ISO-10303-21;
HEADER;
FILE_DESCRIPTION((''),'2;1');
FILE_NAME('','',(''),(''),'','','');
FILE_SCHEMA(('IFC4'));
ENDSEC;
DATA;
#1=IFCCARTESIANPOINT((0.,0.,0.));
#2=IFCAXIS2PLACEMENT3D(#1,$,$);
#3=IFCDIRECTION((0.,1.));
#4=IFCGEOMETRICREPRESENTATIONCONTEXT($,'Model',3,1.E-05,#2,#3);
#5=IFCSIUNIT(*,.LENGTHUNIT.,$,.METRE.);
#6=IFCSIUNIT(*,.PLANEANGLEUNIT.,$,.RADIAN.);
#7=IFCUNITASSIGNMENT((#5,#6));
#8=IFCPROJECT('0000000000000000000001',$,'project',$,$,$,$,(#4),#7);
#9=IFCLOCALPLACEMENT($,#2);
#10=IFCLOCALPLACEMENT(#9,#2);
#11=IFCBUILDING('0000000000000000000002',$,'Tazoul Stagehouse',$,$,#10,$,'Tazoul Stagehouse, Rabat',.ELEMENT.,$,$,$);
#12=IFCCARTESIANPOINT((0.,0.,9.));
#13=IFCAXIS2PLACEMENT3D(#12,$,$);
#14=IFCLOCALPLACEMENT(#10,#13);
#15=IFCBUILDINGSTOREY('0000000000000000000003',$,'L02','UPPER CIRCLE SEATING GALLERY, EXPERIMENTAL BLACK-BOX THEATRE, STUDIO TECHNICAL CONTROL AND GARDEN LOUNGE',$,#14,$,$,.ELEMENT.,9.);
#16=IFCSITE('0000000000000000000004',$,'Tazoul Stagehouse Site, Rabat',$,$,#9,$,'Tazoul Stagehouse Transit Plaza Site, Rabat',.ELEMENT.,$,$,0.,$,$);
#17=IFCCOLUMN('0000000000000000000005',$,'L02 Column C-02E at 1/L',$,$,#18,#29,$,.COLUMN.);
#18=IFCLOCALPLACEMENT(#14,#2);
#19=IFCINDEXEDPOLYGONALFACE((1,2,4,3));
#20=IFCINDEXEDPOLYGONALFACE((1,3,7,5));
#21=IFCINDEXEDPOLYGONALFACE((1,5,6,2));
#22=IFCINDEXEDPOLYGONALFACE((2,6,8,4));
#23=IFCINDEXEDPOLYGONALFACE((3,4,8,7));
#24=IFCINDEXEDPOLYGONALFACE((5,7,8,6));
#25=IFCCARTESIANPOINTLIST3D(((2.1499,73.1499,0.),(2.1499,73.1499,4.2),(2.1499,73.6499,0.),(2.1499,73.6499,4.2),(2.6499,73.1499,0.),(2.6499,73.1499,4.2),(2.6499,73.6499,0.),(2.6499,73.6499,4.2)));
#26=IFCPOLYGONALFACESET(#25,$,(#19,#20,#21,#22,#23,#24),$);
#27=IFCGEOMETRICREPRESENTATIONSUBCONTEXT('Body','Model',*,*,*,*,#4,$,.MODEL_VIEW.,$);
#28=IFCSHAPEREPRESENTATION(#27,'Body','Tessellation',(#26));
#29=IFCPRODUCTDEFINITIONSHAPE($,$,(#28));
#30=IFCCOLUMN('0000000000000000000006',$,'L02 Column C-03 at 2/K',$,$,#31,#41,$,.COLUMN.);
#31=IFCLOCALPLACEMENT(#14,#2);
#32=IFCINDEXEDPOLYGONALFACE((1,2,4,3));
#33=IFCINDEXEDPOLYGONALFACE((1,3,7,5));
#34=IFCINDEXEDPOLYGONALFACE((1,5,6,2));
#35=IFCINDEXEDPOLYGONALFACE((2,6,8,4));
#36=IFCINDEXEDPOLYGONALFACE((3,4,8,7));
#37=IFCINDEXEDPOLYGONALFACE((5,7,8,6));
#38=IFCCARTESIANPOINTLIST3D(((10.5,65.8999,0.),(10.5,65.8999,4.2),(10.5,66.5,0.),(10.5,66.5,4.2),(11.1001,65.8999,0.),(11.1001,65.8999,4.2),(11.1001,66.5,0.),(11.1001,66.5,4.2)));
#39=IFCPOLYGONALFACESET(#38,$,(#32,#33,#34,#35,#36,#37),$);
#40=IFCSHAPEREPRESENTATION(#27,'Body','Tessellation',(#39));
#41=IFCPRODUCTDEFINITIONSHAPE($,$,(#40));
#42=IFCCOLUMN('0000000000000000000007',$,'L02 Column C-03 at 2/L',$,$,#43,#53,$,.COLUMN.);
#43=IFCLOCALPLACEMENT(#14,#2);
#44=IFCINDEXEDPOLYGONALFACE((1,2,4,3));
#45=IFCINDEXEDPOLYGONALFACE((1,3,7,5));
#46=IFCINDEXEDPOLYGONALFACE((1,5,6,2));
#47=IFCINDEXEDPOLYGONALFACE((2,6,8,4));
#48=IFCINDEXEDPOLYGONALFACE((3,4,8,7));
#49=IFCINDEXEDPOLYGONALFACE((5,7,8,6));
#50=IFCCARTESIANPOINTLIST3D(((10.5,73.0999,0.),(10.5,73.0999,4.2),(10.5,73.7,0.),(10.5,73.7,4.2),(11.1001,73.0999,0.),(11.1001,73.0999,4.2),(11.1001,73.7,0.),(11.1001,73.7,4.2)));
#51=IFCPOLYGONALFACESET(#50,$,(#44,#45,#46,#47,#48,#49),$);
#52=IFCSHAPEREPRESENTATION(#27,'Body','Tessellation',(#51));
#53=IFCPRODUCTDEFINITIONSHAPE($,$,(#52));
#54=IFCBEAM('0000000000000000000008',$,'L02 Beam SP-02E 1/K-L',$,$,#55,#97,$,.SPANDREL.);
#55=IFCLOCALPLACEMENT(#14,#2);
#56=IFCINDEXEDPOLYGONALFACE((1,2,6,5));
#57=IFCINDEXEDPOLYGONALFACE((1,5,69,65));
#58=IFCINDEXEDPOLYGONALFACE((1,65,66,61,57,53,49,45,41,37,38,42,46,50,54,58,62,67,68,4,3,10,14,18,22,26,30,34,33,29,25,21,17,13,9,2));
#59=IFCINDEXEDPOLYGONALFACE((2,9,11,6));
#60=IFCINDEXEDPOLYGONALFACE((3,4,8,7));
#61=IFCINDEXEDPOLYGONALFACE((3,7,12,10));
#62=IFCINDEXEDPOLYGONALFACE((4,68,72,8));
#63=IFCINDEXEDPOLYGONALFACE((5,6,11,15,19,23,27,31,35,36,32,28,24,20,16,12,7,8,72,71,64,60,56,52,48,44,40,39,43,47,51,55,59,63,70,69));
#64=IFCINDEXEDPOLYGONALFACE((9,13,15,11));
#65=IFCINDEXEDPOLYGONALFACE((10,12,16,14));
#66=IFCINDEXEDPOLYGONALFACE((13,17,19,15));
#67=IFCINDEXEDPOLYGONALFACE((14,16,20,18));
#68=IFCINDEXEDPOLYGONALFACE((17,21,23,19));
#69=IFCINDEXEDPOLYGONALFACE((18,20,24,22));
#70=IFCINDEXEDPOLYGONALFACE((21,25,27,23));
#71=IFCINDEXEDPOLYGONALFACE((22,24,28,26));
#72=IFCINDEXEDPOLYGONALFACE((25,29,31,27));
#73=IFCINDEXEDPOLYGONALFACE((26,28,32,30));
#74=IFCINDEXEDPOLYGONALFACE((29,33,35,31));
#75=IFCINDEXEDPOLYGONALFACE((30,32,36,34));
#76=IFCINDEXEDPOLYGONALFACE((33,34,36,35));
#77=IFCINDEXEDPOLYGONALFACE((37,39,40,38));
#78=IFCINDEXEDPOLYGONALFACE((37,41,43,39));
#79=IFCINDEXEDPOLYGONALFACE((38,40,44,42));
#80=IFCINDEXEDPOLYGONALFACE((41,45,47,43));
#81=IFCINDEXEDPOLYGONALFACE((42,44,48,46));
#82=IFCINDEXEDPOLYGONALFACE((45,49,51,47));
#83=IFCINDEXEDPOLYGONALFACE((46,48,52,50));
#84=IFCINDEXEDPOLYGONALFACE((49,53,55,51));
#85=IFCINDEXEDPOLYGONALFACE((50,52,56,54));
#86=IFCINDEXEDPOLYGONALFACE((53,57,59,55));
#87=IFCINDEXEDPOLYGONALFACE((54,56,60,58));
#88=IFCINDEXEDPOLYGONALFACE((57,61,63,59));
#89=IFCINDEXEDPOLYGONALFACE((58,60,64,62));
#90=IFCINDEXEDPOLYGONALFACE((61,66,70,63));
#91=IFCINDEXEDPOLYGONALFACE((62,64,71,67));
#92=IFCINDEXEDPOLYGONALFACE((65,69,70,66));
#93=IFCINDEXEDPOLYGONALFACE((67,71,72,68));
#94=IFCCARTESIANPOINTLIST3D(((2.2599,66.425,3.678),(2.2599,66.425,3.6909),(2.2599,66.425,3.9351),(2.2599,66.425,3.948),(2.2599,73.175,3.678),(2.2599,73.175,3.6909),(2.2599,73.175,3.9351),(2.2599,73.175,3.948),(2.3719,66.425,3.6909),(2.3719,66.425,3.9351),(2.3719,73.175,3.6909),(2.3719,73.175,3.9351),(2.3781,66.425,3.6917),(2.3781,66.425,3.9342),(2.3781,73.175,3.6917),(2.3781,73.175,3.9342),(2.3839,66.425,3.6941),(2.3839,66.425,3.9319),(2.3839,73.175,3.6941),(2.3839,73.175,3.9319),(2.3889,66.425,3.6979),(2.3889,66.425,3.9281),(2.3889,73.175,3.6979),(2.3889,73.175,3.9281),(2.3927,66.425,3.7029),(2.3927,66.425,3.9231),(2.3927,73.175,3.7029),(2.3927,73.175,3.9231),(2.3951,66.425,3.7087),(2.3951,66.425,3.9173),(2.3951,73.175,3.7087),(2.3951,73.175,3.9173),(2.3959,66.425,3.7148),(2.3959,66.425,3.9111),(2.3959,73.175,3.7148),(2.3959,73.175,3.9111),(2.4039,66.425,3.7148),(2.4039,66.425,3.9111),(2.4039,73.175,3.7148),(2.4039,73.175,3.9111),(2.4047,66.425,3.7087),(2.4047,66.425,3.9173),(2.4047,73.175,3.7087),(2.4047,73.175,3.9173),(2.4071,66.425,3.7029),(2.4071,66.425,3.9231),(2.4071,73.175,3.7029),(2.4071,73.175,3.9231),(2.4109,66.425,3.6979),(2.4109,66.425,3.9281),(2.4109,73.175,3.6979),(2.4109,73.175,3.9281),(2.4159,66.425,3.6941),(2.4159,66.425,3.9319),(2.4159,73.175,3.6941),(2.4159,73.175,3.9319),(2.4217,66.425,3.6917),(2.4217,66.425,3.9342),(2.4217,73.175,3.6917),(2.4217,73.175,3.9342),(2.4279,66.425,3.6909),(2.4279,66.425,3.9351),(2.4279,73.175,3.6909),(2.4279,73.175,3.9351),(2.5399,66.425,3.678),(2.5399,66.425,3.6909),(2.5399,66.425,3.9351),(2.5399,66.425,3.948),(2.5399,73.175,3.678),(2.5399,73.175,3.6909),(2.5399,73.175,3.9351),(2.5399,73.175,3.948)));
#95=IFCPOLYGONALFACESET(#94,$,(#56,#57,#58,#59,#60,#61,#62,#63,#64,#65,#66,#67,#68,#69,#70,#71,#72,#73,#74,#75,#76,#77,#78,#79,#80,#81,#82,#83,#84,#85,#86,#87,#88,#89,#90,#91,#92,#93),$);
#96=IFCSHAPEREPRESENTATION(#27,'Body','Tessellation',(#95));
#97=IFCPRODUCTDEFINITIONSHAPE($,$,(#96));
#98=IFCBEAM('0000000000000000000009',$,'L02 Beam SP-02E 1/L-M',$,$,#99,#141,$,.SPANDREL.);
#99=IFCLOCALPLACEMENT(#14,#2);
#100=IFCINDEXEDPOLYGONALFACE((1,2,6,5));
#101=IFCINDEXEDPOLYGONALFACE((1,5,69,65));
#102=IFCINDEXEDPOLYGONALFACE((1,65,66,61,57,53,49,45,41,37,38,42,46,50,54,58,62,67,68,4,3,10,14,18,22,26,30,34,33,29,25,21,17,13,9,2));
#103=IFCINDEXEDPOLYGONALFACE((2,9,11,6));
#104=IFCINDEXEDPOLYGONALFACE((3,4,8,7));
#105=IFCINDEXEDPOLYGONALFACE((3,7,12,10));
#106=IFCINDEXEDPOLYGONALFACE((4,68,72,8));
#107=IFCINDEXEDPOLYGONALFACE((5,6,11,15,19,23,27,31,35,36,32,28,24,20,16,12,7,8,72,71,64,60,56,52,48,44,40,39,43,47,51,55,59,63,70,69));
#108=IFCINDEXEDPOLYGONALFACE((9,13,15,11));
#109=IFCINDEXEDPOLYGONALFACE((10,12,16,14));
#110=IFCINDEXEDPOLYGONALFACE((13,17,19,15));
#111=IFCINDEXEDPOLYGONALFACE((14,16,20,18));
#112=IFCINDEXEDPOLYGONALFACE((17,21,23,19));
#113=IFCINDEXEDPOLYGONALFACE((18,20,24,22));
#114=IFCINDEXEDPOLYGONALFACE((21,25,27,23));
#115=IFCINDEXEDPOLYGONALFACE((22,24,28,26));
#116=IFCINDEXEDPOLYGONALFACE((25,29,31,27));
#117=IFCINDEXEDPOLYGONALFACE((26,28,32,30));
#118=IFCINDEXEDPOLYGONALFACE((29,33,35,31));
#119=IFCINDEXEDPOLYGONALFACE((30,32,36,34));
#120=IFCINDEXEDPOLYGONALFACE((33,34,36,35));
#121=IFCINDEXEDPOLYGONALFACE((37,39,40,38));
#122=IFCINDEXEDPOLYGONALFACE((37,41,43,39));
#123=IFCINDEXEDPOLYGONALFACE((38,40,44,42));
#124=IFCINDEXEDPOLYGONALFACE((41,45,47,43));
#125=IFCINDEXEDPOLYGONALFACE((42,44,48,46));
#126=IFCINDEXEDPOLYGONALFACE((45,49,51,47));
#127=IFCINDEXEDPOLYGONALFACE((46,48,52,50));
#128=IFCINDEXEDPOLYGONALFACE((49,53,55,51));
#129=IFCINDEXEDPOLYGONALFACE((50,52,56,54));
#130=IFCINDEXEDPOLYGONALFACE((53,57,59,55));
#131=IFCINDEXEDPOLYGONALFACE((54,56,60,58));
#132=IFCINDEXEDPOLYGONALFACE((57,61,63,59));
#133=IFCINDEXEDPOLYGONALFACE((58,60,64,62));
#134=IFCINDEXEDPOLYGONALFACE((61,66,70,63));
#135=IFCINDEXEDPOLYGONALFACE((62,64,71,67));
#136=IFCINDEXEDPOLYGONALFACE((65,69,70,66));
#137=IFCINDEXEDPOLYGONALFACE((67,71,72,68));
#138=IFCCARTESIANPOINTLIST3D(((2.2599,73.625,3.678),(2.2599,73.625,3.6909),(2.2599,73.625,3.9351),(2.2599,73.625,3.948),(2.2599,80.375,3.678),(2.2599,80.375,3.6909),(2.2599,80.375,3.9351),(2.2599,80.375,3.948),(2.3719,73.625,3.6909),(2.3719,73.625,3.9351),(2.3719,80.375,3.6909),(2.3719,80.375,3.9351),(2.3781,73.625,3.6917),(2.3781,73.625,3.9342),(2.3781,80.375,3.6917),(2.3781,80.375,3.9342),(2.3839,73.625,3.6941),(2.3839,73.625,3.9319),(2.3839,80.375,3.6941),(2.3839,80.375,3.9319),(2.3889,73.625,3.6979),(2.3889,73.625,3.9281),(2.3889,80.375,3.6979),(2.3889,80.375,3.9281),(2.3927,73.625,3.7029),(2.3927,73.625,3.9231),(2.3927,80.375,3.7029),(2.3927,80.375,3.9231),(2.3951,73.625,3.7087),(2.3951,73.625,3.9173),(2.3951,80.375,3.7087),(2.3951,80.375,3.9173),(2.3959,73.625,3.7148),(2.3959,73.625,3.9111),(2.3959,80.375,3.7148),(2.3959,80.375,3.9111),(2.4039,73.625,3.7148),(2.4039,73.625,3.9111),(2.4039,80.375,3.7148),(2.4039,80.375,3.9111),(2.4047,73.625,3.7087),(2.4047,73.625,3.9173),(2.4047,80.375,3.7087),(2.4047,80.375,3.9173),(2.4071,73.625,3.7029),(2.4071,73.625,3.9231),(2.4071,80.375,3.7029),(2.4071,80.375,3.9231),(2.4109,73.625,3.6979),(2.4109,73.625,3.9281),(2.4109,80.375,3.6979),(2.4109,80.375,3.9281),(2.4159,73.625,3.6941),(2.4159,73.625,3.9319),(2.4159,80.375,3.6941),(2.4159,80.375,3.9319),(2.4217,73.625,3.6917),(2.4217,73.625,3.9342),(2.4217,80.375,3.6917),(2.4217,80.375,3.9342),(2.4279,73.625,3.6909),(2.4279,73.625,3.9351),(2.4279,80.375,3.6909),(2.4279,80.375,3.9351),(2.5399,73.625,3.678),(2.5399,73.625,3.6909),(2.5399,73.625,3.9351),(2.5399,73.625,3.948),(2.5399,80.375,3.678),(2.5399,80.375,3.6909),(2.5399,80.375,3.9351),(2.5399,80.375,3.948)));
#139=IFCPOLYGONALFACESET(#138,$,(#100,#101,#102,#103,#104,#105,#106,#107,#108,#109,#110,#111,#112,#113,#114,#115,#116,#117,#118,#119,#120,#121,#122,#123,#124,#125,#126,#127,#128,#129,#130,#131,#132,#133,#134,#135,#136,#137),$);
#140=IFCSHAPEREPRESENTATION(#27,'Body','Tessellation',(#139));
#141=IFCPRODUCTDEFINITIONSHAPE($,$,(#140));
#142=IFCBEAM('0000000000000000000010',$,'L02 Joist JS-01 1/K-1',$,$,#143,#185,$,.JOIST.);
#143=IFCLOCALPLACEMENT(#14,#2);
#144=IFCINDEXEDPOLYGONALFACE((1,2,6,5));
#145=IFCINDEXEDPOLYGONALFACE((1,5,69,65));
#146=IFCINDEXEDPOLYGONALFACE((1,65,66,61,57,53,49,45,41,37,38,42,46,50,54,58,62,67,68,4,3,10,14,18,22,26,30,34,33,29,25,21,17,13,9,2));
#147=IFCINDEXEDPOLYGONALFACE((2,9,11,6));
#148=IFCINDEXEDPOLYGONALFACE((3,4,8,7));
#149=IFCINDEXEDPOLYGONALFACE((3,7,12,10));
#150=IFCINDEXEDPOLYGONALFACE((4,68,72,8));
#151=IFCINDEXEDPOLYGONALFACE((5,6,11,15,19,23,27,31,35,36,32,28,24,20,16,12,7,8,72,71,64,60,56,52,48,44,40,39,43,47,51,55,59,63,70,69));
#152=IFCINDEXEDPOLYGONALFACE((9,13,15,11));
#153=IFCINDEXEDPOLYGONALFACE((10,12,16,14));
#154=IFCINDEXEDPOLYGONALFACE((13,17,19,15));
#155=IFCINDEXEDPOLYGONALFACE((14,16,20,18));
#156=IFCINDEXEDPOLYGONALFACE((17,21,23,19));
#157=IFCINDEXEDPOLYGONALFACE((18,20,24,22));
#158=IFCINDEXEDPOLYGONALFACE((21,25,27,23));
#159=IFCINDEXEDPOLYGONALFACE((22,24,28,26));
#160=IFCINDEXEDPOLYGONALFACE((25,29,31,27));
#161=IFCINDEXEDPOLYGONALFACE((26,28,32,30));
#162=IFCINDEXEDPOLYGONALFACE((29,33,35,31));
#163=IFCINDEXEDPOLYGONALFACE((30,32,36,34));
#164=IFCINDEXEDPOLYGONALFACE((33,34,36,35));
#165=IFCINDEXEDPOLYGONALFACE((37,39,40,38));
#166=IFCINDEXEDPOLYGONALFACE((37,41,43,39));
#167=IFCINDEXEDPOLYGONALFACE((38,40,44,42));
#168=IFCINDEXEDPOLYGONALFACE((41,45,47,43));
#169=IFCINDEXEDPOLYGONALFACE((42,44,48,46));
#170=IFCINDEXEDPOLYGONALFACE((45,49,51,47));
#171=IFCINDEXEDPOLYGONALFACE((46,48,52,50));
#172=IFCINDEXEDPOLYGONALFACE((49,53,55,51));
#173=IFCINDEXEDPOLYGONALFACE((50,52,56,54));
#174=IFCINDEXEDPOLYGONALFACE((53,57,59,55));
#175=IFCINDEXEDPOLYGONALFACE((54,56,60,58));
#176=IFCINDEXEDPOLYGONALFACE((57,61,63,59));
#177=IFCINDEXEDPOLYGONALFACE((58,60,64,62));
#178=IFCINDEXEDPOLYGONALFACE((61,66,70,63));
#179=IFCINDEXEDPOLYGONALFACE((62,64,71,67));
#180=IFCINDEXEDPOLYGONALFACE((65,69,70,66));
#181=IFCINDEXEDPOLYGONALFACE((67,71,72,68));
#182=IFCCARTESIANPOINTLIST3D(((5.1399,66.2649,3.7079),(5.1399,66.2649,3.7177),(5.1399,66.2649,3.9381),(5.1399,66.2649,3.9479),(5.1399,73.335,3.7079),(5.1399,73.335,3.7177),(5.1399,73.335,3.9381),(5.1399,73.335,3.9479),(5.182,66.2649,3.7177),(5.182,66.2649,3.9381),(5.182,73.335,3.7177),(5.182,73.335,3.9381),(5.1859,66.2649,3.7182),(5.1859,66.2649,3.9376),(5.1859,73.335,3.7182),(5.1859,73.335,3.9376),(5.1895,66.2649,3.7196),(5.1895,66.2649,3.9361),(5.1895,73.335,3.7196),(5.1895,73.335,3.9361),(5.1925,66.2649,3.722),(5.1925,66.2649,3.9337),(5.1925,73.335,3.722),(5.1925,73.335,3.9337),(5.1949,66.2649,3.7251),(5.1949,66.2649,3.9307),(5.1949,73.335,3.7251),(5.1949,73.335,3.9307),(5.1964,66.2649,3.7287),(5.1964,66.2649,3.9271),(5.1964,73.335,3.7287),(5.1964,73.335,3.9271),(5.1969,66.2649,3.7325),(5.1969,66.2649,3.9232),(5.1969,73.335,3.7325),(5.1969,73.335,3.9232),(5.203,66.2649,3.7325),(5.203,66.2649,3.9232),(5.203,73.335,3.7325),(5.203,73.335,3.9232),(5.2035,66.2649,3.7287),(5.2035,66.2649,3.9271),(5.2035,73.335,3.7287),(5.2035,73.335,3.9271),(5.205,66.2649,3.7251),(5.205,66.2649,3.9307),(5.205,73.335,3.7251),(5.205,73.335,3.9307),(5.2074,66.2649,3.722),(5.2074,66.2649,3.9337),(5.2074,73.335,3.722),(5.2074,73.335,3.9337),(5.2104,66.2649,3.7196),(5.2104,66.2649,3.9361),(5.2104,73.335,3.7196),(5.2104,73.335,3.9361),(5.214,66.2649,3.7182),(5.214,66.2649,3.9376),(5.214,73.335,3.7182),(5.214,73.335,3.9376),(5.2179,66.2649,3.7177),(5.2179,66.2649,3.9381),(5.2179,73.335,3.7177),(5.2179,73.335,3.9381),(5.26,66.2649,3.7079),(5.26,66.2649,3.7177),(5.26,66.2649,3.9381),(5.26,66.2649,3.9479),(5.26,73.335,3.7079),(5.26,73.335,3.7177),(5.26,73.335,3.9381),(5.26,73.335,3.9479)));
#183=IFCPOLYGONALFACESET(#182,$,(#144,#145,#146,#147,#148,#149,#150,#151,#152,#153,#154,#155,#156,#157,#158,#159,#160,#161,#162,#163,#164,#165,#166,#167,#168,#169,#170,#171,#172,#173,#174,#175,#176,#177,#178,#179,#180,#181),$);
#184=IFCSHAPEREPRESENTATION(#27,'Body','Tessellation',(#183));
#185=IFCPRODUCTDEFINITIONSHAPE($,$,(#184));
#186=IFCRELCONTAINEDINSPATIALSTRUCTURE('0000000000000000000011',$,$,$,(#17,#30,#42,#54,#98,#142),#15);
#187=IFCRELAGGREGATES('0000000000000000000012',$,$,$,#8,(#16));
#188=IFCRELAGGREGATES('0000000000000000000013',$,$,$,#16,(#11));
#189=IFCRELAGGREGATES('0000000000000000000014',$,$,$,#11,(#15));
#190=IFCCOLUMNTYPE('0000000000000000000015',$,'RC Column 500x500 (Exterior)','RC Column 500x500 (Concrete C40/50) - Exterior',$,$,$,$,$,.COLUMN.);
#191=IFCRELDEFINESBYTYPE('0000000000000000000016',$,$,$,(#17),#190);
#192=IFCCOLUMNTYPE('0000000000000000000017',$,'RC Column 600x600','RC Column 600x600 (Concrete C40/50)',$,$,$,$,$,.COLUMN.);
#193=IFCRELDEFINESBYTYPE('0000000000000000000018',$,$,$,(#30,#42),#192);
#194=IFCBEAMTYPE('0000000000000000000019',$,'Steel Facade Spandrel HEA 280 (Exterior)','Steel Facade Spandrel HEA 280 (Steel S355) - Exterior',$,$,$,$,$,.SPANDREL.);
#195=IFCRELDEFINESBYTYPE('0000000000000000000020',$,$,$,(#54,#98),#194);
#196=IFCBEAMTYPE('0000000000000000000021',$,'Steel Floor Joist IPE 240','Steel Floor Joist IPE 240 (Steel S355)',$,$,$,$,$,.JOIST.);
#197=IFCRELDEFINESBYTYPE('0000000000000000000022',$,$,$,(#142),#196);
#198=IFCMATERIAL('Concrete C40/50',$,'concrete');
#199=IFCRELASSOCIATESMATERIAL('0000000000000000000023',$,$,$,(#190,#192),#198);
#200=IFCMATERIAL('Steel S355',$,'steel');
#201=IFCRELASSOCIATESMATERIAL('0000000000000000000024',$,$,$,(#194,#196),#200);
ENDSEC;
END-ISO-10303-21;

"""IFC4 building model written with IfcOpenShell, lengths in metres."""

from ifc_helpers import new_model, si_unit, direction, frame, origin, origin_2d, place, context, subcontext, project, spatial, rectangle, i_section, extrude, material, material_profile, profile_set, type_object, element, save


model = new_model("IFC4")

# Units and contexts
model_context = context("Model", 3, precision=1e-05, world=origin(), true_north=direction((0.0, 1.0)))
body_context = subcontext(model_context, "Body", "Model", "MODEL_VIEW")
ifc_project = project(units=[si_unit("LENGTHUNIT", "METRE"), si_unit("PLANEANGLEUNIT", "RADIAN")], contexts=[model_context])

# Site, building, storey
site_placement = place(None, origin())
site = spatial("IfcSite", under=ifc_project, at=site_placement, Name="Tazoul Stagehouse Site, Rabat", LongName="Tazoul Stagehouse Transit Plaza Site, Rabat", CompositionType="ELEMENT", RefElevation=0.0)
building_placement = place(site_placement, origin())
building = spatial("IfcBuilding", under=site, at=building_placement, Name="Tazoul Stagehouse", LongName="Tazoul Stagehouse, Rabat", CompositionType="ELEMENT")
storey_placement = place(building_placement, frame((0.0, 0.0, 9.0)))
storey = spatial("IfcBuildingStorey", under=building, at=storey_placement, Name="L02", Description="UPPER CIRCLE SEATING GALLERY, EXPERIMENTAL BLACK-BOX THEATRE, STUDIO TECHNICAL CONTROL AND GARDEN LOUNGE", CompositionType="ELEMENT", Elevation=9.0)

# Columns
ifc_material_1 = material(Name="Concrete C40/50", Category="concrete")
ifc_material_profile_1 = material_profile(ifc_material_1, rectangle(XDim=0.5, YDim=0.5, at=origin_2d()), Name="RC 500x500")
ifc_profile_set_1 = profile_set([ifc_material_profile_1], Name="Concrete C40/50")
column_type_1 = type_object("IfcColumnType", Name="RC Column 500x500 (Exterior)", Description="RC Column 500x500 (Concrete C40/50) - Exterior", PredefinedType="COLUMN", material=ifc_profile_set_1)
column_placement = place(storey_placement, frame((2.3999, 73.3999, 0.0), z_axis=(0.0, 0.0, 1.0), x_axis=(1.0, 0.0, 0.0)))
element("IfcColumn", 1, at=column_placement, inside=storey, type_object=column_type_1, Name="L02 Column C-02E at 1/L", PredefinedType="COLUMN", context=body_context, shape_type="SweptSolid", body=[
    extrude(rectangle(XDim=0.5, YDim=0.5, at=origin_2d()), origin(), (0.0, 0.0, 1.0), 4.2),
])
ifc_material_profile_2 = material_profile(ifc_material_1, rectangle(XDim=0.6001, YDim=0.6001, at=origin_2d()), Name="RC 600x600")
ifc_profile_set_2 = profile_set([ifc_material_profile_2], Name="Concrete C40/50")
column_type_2 = type_object("IfcColumnType", Name="RC Column 600x600", Description="RC Column 600x600 (Concrete C40/50)", PredefinedType="COLUMN", material=ifc_profile_set_2)
for number, where, z_axis, x_axis, name in (
    (2, (10.8, 66.2, 0.0), (0.0, 0.0, 1.0), (1.0, 0.0, 0.0), "L02 Column C-03 at 2/K"),
    (3, (10.8, 73.3999, 0.0), (0.0, 0.0, 1.0), (1.0, 0.0, 0.0), "L02 Column C-03 at 2/L"),
):
    element("IfcColumn", number, at=place(storey_placement, frame(where, z_axis=z_axis, x_axis=x_axis)), inside=storey, type_object=column_type_2, Name=name, PredefinedType="COLUMN", context=body_context, shape_type="SweptSolid", body=[
        extrude(rectangle(XDim=0.6001, YDim=0.6001, at=origin_2d()), origin(), (0.0, 0.0, 1.0), 4.2),
    ])

# Beams
ifc_material_2 = material(Name="Steel S355", Category="steel")
ifc_material_profile_3 = material_profile(ifc_material_2, i_section(OverallWidth=0.28, OverallDepth=0.27, WebThickness=0.0081, FlangeThickness=0.0129, FilletRadius=0.0239, at=origin_2d()), Name="HEA 280")
ifc_profile_set_3 = profile_set([ifc_material_profile_3], Name="Steel S355")
beam_type_1 = type_object("IfcBeamType", Name="Steel Facade Spandrel HEA 280 (Exterior)", Description="Steel Facade Spandrel HEA 280 (Steel S355) - Exterior", PredefinedType="SPANDREL", material=ifc_profile_set_3)
for number, where, z_axis, x_axis, name in (
    (4, (2.3999, 66.425, 3.813), (0.0, 1.0, 0.0), (-1.0, 0.0, 0.0), "L02 Beam SP-02E 1/K-L"),
    (5, (2.3999, 73.625, 3.813), (0.0, 1.0, 0.0), (-1.0, 0.0, 0.0), "L02 Beam SP-02E 1/L-M"),
):
    element("IfcBeam", number, at=place(storey_placement, frame(where, z_axis=z_axis, x_axis=x_axis)), inside=storey, type_object=beam_type_1, Name=name, PredefinedType="SPANDREL", context=body_context, shape_type="SweptSolid", body=[
        extrude(i_section(OverallWidth=0.28, OverallDepth=0.27, WebThickness=0.0081, FlangeThickness=0.0129, FilletRadius=0.0239, at=origin_2d()), origin(), (0.0, 0.0, 1.0), 6.75),
    ])
ifc_material_profile_4 = material_profile(ifc_material_2, i_section(OverallWidth=0.1201, OverallDepth=0.24, WebThickness=0.0061, FlangeThickness=0.0098, FilletRadius=0.0149, at=origin_2d()), Name="IPE 240")
ifc_profile_set_4 = profile_set([ifc_material_profile_4], Name="Steel S355")
beam_type_2 = type_object("IfcBeamType", Name="Steel Floor Joist IPE 240", Description="Steel Floor Joist IPE 240 (Steel S355)", PredefinedType="JOIST", material=ifc_profile_set_4)
for number, where, z_axis, x_axis, name in (
    (6, (5.2, 66.2649, 3.8279), (0.0, 1.0, 0.0), (-1.0, 0.0, 0.0), "L02 Joist JS-01 1/K-1"),
):
    element("IfcBeam", number, at=place(storey_placement, frame(where, z_axis=z_axis, x_axis=x_axis)), inside=storey, type_object=beam_type_2, Name=name, PredefinedType="JOIST", context=body_context, shape_type="SweptSolid", body=[
        extrude(i_section(OverallWidth=0.1201, OverallDepth=0.24, WebThickness=0.0061, FlangeThickness=0.0098, FilletRadius=0.0149, at=origin_2d()), origin(), (0.0, 0.0, 1.0), 7.0701),
    ])

save(model, "model.ifc")
